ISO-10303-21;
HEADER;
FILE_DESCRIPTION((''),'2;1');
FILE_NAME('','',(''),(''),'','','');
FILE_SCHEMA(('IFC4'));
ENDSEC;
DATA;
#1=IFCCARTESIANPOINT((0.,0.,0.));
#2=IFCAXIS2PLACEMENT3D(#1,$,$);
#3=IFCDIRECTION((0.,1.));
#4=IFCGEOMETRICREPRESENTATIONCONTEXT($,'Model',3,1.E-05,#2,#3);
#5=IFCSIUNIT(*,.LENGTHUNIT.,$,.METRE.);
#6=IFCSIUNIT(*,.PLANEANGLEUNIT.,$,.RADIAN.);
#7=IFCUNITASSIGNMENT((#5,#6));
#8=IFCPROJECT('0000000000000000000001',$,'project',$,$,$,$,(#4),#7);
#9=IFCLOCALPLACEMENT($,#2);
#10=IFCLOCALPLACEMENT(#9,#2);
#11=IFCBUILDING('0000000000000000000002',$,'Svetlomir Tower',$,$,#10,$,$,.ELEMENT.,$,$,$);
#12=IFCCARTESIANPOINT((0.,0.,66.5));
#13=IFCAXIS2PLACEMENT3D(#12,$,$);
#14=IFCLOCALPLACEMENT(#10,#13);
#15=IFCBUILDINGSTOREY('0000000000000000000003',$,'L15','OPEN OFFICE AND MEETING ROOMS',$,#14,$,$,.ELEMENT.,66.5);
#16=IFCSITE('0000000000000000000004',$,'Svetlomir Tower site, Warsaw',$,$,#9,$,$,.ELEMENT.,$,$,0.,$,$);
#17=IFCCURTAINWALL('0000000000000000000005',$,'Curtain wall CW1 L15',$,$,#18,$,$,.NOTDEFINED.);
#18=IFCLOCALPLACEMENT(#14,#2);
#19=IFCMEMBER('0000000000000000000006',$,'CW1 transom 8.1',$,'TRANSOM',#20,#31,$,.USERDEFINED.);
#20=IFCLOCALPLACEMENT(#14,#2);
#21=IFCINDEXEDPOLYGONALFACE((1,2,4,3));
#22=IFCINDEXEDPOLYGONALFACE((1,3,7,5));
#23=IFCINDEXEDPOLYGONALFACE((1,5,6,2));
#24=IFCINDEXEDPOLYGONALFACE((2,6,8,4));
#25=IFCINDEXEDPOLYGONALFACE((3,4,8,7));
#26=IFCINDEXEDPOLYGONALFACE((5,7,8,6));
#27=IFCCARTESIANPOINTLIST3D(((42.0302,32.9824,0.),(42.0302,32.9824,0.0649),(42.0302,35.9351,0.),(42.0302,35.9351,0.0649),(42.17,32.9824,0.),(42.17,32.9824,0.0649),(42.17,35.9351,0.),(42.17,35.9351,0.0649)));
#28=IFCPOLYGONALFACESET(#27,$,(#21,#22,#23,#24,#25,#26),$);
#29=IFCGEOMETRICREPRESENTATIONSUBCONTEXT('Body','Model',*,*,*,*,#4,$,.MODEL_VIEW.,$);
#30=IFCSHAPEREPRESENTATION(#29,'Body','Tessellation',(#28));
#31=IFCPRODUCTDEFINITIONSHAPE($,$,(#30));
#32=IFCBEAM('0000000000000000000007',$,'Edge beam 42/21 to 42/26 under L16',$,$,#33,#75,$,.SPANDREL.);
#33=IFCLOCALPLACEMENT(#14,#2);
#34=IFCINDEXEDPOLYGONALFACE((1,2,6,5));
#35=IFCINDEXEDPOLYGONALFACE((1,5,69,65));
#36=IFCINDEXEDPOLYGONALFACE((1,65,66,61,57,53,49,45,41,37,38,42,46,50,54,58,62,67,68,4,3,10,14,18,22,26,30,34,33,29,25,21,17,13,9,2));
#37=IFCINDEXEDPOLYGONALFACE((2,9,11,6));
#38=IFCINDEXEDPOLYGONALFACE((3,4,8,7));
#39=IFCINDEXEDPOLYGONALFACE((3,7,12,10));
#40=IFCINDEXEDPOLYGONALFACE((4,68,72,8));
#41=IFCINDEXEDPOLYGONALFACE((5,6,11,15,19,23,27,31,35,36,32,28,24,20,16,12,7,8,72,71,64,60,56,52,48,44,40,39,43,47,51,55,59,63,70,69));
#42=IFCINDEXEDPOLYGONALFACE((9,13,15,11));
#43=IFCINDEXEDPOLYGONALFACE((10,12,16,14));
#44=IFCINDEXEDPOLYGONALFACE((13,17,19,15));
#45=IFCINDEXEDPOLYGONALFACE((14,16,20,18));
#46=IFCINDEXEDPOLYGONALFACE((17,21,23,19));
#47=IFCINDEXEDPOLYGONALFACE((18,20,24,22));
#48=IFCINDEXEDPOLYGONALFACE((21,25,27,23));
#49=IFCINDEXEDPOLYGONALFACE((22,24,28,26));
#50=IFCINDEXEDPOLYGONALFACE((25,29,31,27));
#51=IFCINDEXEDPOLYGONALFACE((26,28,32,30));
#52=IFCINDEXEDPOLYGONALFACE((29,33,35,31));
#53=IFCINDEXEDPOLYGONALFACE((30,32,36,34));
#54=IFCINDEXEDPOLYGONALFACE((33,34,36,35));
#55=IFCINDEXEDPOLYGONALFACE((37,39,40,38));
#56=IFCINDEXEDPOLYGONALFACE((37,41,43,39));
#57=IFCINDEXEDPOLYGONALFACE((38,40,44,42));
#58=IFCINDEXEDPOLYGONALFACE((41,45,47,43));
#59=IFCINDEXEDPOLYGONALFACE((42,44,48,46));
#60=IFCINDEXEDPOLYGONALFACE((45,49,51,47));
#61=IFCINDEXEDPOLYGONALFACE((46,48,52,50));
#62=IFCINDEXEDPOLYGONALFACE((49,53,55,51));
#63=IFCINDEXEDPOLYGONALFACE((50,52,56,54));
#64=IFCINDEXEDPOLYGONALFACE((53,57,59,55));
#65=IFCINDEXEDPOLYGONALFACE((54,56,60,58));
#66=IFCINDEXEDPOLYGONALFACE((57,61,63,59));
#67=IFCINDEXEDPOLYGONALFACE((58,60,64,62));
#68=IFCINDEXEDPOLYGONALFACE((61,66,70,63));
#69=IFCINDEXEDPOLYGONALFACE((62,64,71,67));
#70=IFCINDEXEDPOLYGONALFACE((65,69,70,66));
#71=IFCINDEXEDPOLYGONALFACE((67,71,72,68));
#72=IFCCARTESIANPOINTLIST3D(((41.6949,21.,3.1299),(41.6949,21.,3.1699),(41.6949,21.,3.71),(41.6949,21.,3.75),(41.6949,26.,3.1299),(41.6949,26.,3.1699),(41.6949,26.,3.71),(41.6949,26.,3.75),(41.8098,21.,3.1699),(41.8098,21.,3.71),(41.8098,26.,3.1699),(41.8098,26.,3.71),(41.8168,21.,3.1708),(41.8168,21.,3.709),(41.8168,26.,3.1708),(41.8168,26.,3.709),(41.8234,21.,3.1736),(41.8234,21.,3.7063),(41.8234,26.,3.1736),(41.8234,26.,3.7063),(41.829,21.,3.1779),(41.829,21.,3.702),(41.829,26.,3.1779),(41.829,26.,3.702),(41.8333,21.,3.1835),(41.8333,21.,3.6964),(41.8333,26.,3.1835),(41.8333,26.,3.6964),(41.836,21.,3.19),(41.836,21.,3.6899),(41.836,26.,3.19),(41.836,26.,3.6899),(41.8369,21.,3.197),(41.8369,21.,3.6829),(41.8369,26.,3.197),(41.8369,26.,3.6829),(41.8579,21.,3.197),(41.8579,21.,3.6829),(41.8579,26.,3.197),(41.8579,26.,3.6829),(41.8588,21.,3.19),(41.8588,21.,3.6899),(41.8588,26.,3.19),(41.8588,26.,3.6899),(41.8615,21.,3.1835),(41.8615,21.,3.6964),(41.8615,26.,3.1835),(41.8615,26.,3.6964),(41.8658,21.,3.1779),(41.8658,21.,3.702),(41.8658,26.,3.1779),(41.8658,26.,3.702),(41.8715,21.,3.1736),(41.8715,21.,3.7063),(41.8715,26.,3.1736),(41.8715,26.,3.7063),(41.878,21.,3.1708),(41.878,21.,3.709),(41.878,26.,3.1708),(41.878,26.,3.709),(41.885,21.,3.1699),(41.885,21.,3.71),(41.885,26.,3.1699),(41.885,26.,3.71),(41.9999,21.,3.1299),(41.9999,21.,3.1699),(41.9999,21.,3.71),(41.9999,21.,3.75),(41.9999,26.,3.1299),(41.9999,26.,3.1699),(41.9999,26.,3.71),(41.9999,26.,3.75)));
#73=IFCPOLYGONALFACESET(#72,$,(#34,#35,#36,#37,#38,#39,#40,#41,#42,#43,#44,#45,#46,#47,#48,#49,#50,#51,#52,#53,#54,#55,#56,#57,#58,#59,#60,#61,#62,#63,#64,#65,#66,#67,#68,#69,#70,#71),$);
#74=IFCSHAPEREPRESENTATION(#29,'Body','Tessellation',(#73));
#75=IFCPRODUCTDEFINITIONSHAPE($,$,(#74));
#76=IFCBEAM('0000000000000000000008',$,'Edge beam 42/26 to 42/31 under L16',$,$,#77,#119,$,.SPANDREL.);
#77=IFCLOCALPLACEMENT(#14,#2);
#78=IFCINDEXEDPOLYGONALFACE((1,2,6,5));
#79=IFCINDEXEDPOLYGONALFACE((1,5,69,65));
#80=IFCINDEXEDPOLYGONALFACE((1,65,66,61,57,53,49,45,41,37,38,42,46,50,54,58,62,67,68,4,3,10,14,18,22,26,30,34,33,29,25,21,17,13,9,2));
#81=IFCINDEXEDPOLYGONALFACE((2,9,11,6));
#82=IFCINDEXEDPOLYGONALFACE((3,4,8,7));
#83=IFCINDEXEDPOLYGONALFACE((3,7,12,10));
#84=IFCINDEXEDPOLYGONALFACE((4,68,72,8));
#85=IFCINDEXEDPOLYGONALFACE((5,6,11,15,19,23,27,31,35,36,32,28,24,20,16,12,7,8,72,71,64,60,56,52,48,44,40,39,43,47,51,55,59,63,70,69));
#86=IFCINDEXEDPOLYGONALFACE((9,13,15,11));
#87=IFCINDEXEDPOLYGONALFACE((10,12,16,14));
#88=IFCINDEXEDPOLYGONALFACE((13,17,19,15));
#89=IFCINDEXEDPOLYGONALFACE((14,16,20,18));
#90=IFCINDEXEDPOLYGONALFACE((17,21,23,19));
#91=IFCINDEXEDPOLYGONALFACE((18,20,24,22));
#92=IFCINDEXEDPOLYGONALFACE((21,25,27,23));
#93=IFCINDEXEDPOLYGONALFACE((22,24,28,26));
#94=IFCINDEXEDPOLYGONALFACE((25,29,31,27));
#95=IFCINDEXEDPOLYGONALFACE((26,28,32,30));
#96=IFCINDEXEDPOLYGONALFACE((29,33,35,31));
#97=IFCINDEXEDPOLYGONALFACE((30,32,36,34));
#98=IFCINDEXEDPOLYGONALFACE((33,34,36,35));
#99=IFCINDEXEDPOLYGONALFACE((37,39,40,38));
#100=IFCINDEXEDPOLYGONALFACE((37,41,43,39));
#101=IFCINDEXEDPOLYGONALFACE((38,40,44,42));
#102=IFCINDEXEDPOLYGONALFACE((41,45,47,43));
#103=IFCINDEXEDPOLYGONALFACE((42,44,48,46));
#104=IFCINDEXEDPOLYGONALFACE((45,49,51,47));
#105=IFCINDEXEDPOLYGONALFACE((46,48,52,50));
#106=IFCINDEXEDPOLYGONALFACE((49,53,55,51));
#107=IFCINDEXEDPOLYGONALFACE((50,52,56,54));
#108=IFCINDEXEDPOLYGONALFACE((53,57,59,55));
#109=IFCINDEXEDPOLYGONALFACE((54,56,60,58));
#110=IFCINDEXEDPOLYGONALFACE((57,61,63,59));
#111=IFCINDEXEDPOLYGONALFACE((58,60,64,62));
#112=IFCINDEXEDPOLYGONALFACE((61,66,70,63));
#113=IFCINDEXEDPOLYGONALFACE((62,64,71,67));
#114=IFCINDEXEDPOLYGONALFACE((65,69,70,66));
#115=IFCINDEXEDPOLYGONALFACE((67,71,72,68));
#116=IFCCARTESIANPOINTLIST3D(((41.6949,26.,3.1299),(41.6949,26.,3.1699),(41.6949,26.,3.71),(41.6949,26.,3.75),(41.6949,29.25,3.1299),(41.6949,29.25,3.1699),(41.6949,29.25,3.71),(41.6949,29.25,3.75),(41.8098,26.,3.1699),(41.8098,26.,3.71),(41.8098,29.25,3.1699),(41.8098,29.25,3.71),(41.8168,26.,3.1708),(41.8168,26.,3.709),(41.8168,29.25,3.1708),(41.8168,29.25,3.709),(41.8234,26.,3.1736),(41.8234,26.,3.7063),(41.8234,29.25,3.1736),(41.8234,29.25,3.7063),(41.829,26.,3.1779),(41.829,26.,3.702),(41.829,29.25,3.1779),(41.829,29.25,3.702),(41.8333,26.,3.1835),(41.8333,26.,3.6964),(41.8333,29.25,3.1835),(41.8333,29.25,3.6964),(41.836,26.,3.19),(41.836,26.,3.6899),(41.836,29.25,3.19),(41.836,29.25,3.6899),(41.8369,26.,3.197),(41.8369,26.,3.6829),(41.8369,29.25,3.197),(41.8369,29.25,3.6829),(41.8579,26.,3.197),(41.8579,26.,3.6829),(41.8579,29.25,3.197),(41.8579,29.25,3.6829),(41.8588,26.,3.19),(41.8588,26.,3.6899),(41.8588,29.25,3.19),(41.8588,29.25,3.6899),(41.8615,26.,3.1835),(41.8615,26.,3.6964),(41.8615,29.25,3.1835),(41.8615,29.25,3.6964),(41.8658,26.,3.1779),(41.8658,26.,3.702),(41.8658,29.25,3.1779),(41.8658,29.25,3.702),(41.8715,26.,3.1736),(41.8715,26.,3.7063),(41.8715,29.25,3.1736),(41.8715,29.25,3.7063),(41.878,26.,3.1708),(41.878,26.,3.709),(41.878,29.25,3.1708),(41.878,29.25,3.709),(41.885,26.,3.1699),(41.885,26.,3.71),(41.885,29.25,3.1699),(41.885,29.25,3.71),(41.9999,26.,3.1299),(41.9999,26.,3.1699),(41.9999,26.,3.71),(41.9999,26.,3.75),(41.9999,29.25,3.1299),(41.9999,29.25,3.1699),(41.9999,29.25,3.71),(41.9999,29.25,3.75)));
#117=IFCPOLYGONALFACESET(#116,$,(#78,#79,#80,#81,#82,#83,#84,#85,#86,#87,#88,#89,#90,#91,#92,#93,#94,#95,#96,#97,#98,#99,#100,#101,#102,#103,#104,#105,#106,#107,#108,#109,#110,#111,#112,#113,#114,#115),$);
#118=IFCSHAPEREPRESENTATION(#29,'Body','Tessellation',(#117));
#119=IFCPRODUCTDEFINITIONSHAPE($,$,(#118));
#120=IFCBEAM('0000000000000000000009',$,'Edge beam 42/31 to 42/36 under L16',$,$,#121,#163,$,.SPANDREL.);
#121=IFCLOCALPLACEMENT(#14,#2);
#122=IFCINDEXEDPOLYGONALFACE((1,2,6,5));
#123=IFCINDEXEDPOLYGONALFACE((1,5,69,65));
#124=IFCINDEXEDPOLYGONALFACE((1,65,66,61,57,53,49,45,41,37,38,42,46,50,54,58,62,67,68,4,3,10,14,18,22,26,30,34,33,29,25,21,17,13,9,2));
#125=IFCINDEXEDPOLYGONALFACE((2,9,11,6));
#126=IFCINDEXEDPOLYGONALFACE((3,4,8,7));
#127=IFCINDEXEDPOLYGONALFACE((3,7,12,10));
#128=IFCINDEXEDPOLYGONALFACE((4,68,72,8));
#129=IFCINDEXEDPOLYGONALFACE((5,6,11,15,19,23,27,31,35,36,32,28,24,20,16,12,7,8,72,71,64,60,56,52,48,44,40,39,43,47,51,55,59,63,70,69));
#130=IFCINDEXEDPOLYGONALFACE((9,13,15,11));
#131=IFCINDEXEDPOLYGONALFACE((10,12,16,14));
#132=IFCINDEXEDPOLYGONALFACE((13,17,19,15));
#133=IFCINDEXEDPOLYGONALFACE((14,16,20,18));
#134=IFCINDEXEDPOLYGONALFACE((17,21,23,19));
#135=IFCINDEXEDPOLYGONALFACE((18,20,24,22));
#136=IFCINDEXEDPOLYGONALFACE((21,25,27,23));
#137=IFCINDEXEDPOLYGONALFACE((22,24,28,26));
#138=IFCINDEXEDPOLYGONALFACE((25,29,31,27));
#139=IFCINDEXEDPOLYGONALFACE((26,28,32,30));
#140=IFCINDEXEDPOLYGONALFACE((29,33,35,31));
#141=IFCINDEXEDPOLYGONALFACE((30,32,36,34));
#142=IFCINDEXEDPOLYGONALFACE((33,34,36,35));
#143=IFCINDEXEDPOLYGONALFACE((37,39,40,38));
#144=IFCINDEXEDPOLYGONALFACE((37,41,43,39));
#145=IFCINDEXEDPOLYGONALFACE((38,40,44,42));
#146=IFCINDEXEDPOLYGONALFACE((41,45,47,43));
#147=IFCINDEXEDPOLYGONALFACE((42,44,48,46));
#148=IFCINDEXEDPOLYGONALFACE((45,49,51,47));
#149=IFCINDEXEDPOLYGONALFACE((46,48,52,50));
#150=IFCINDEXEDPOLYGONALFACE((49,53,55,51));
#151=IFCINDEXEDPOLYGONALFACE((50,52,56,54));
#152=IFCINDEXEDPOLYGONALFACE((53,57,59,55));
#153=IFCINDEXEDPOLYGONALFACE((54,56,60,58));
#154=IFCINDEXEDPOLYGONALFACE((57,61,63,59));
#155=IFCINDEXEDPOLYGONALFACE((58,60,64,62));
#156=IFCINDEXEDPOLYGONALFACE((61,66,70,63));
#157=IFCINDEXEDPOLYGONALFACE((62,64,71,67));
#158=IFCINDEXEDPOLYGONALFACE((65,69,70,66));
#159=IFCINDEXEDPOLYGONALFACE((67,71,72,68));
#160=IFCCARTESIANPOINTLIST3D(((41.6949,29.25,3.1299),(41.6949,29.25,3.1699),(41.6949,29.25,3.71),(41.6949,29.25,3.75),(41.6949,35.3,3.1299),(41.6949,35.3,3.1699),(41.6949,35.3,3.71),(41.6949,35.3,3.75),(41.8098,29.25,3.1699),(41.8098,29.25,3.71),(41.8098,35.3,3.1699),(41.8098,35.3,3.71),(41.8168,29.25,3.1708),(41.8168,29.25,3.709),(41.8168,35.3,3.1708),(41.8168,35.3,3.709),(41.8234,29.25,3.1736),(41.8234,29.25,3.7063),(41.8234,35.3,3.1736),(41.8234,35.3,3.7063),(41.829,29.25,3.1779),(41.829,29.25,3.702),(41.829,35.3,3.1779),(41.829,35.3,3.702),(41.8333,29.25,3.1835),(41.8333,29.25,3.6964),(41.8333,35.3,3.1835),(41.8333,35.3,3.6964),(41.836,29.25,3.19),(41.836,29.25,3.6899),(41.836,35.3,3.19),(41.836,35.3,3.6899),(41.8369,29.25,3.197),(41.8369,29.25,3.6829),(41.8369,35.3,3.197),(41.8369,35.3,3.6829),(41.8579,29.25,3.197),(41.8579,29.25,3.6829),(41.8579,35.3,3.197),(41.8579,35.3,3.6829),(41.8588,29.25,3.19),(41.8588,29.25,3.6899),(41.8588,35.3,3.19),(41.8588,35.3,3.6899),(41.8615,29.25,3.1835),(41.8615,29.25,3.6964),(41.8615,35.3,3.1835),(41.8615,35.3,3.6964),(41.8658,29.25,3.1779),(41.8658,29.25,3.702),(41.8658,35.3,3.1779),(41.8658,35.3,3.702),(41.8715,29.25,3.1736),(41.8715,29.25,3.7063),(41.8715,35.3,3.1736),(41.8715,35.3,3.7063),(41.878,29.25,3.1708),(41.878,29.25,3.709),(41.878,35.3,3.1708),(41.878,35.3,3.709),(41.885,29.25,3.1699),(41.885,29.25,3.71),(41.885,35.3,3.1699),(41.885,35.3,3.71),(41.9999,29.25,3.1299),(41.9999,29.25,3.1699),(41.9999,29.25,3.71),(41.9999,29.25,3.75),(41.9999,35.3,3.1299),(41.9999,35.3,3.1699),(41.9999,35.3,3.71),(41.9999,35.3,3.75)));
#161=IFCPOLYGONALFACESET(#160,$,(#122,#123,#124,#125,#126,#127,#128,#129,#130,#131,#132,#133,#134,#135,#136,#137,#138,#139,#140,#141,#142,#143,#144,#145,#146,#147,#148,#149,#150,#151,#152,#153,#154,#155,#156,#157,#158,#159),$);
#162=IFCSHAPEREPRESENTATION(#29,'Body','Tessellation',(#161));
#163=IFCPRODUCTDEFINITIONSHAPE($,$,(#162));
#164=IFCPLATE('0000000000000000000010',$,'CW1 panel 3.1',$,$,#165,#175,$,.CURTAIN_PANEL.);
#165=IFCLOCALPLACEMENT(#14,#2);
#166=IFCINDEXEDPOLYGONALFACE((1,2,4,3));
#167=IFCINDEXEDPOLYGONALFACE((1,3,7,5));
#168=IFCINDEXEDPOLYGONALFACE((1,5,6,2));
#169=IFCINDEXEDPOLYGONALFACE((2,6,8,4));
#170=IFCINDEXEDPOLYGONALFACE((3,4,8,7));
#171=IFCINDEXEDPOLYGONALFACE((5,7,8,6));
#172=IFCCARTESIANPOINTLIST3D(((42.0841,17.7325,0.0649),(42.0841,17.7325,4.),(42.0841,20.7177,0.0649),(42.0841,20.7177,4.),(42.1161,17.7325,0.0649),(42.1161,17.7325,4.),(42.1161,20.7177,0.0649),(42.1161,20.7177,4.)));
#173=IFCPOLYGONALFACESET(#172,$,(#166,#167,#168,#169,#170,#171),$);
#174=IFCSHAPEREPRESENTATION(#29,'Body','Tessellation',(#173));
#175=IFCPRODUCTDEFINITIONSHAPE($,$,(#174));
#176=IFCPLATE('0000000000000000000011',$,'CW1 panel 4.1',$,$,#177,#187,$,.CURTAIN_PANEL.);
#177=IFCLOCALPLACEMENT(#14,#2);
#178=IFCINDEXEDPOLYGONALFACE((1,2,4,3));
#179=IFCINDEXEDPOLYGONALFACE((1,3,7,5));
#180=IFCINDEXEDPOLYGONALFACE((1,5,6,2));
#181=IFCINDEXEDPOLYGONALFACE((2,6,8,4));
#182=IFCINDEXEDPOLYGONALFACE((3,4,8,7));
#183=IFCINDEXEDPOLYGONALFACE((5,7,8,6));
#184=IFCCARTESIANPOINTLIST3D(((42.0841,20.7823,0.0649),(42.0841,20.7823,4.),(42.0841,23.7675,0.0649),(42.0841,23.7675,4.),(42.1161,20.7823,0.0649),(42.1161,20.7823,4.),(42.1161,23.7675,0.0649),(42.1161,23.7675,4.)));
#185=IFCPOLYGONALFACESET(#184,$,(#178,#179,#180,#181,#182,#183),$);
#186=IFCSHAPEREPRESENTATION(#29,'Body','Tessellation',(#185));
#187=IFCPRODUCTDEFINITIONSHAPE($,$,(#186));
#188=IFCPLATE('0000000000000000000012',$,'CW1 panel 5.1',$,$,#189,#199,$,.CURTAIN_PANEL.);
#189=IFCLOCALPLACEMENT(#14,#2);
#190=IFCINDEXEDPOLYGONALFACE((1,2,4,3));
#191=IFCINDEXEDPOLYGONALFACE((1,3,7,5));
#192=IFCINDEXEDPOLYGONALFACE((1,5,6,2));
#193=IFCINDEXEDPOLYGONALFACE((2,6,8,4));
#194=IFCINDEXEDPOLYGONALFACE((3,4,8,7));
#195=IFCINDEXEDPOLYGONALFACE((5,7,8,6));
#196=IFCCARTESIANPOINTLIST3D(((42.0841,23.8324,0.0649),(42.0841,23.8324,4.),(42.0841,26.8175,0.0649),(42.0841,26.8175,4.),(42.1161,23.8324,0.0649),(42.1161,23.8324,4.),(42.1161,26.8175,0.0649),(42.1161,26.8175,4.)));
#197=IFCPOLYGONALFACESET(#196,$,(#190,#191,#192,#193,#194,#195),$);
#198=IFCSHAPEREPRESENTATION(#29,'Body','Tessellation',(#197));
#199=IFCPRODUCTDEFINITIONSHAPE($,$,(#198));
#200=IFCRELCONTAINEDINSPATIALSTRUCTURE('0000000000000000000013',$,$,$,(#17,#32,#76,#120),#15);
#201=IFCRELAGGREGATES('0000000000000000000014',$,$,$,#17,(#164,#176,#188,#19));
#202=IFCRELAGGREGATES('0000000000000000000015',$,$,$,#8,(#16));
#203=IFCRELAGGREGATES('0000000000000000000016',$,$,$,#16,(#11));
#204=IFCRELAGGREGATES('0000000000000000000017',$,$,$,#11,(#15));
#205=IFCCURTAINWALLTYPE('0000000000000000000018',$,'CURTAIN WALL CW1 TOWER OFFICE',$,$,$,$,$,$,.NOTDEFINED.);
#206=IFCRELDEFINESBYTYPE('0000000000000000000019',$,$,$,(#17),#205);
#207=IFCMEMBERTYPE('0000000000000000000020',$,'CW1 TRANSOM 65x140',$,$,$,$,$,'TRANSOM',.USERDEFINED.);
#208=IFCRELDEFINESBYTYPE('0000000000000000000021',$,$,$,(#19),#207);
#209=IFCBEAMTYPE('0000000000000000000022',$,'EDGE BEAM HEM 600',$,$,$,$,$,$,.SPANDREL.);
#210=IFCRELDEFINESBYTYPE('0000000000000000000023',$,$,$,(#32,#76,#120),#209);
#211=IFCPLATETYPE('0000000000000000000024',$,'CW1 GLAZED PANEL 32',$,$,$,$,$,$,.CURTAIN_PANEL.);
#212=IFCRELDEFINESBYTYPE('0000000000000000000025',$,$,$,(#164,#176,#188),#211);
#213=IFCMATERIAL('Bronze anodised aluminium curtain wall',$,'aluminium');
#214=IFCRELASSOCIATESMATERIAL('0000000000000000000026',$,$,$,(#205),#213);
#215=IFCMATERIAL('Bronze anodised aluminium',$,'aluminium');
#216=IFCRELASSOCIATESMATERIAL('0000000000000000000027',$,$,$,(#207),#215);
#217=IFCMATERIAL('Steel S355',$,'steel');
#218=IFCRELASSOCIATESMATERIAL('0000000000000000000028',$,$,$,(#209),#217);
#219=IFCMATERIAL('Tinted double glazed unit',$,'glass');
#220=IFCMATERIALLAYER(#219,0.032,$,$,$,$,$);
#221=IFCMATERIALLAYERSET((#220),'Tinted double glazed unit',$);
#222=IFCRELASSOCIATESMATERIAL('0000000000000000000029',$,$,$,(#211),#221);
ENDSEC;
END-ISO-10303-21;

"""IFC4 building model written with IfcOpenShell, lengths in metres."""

from ifc_helpers import new_model, si_unit, direction, frame, origin, origin_2d, place, context, subcontext, project, spatial, rectangle, i_section, extrude, material, layer, layer_set, material_profile, profile_set, type_object, element, aggregate, save


model = new_model("IFC4")

# Units and contexts
model_context = context("Model", 3, precision=1e-05, world=origin(), true_north=direction((0.0, 1.0)))
body_context = subcontext(model_context, "Body", "Model", "MODEL_VIEW")
ifc_project = project(units=[si_unit("LENGTHUNIT", "METRE"), si_unit("PLANEANGLEUNIT", "RADIAN")], contexts=[model_context])

# Site, building, storey
site_placement = place(None, origin())
site = spatial("IfcSite", under=ifc_project, at=site_placement, Name="Svetlomir Tower site, Warsaw", CompositionType="ELEMENT", RefElevation=0.0)
building_placement = place(site_placement, origin())
building = spatial("IfcBuilding", under=site, at=building_placement, Name="Svetlomir Tower", CompositionType="ELEMENT")
storey_placement = place(building_placement, frame((0.0, 0.0, 66.5)))
storey = spatial("IfcBuildingStorey", under=building, at=storey_placement, Name="L15", Description="OPEN OFFICE AND MEETING ROOMS", CompositionType="ELEMENT", Elevation=66.5)

# Curtain wall, member
ifc_material_1 = material(Name="Bronze anodised aluminium curtain wall", Category="aluminium")
curtain_wall_type = type_object("IfcCurtainWallType", Name="CURTAIN WALL CW1 TOWER OFFICE", PredefinedType="NOTDEFINED", material=ifc_material_1)
curtain_wall_placement = place(storey_placement, origin())
curtain_wall = element("IfcCurtainWall", 1, at=curtain_wall_placement, inside=storey, type_object=curtain_wall_type, Name="Curtain wall CW1 L15", PredefinedType="NOTDEFINED")
ifc_material_2 = material(Name="Bronze anodised aluminium", Category="aluminium")
ifc_material_profile_1 = material_profile(ifc_material_2, rectangle(XDim=0.1399, YDim=0.0649, at=origin_2d()), Name="AL 140x65")
ifc_profile_set_1 = profile_set([ifc_material_profile_1], Name="Bronze anodised aluminium 6063-T6")
member_type_1 = type_object("IfcMemberType", Name="CW1 TRANSOM 65x140", ElementType="TRANSOM", PredefinedType="USERDEFINED", material=ifc_profile_set_1)
member_1_placement = place(storey_placement, frame((42.1001, 32.9824, 0.0325), z_axis=(0.0, 1.0, 0.0), x_axis=(-1.0, 0.0, 0.0)))
member_1 = element("IfcMember", 2, at=member_1_placement, type_object=member_type_1, Name="CW1 transom 8.1", ObjectType="TRANSOM", PredefinedType="USERDEFINED", context=body_context, shape_type="SweptSolid", body=[
    extrude(rectangle(XDim=0.1399, YDim=0.0649, at=origin_2d()), origin(), (0.0, 0.0, 1.0), 2.9526),
])

# Beams
ifc_material_3 = material(Name="Steel S355", Category="steel")
ifc_material_profile_2 = material_profile(ifc_material_3, i_section(OverallWidth=0.3049, OverallDepth=0.6201, WebThickness=0.021, FlangeThickness=0.04, FilletRadius=0.0271, at=origin_2d()), Name="HEM 600")
ifc_profile_set_2 = profile_set([ifc_material_profile_2], Name="Steel S355")
beam_type = type_object("IfcBeamType", Name="EDGE BEAM HEM 600", PredefinedType="SPANDREL", material=ifc_profile_set_2)
beam_1_placement = place(storey_placement, frame((41.8474, 21.0, 3.4399), z_axis=(0.0, 1.0, 0.0), x_axis=(-1.0, 0.0, 0.0)))
element("IfcBeam", 3, at=beam_1_placement, inside=storey, type_object=beam_type, Name="Edge beam 42/21 to 42/26 under L16", PredefinedType="SPANDREL", context=body_context, shape_type="SweptSolid", body=[
    extrude(i_section(OverallWidth=0.3049, OverallDepth=0.6201, WebThickness=0.021, FlangeThickness=0.04, FilletRadius=0.0271, at=origin_2d()), origin(), (0.0, 0.0, 1.0), 5.0),
])
beam_2_placement = place(storey_placement, frame((41.8474, 26.0, 3.4399), z_axis=(0.0, 1.0, 0.0), x_axis=(-1.0, 0.0, 0.0)))
element("IfcBeam", 4, at=beam_2_placement, inside=storey, type_object=beam_type, Name="Edge beam 42/26 to 42/31 under L16", PredefinedType="SPANDREL", context=body_context, shape_type="SweptSolid", body=[
    extrude(i_section(OverallWidth=0.3049, OverallDepth=0.6201, WebThickness=0.021, FlangeThickness=0.04, FilletRadius=0.0271, at=origin_2d()), origin(), (0.0, 0.0, 1.0), 3.25),
])
beam_3_placement = place(storey_placement, frame((41.8474, 29.25, 3.4399), z_axis=(0.0, 1.0, 0.0), x_axis=(-1.0, 0.0, 0.0)))
element("IfcBeam", 5, at=beam_3_placement, inside=storey, type_object=beam_type, Name="Edge beam 42/31 to 42/36 under L16", PredefinedType="SPANDREL", context=body_context, shape_type="SweptSolid", body=[
    extrude(i_section(OverallWidth=0.3049, OverallDepth=0.6201, WebThickness=0.021, FlangeThickness=0.04, FilletRadius=0.0271, at=origin_2d()), origin(), (0.0, 0.0, 1.0), 6.05),
])

# Plates
ifc_material_4 = material(Name="Tinted double glazed unit", Category="glass")
ifc_layer_1 = layer(ifc_material_4, 0.032)
ifc_layer_set_1 = layer_set([ifc_layer_1], Name="Tinted double glazed unit")
plate_type = type_object("IfcPlateType", Name="CW1 GLAZED PANEL 32", PredefinedType="CURTAIN_PANEL", material=ifc_layer_set_1)
plate_1_placement = place(storey_placement, frame((42.1001, 19.2251, 0.0649), z_axis=(0.0, 0.0, 1.0), x_axis=(0.0, 1.0, 0.0)))
plate_1 = element("IfcPlate", 6, at=plate_1_placement, type_object=plate_type, Name="CW1 panel 3.1", PredefinedType="CURTAIN_PANEL", context=body_context, shape_type="SweptSolid", body=[
    extrude(rectangle(XDim=2.9851, YDim=0.032, at=origin_2d()), origin(), (0.0, 0.0, 1.0), 3.9351),
])
plate_2_placement = place(storey_placement, frame((42.1001, 22.2749, 0.0649), z_axis=(0.0, 0.0, 1.0), x_axis=(0.0, 1.0, 0.0)))
plate_2 = element("IfcPlate", 7, at=plate_2_placement, type_object=plate_type, Name="CW1 panel 4.1", PredefinedType="CURTAIN_PANEL", context=body_context, shape_type="SweptSolid", body=[
    extrude(rectangle(XDim=2.9851, YDim=0.032, at=origin_2d()), origin(), (0.0, 0.0, 1.0), 3.9351),
])
plate_3_placement = place(storey_placement, frame((42.1001, 25.325, 0.0649), z_axis=(0.0, 0.0, 1.0), x_axis=(0.0, 1.0, 0.0)))
plate_3 = element("IfcPlate", 8, at=plate_3_placement, type_object=plate_type, Name="CW1 panel 5.1", PredefinedType="CURTAIN_PANEL", context=body_context, shape_type="SweptSolid", body=[
    extrude(rectangle(XDim=2.9851, YDim=0.032, at=origin_2d()), origin(), (0.0, 0.0, 1.0), 3.9351),
])
aggregate(curtain_wall, [plate_1, plate_2, plate_3, member_1])

save(model, "model.ifc")
